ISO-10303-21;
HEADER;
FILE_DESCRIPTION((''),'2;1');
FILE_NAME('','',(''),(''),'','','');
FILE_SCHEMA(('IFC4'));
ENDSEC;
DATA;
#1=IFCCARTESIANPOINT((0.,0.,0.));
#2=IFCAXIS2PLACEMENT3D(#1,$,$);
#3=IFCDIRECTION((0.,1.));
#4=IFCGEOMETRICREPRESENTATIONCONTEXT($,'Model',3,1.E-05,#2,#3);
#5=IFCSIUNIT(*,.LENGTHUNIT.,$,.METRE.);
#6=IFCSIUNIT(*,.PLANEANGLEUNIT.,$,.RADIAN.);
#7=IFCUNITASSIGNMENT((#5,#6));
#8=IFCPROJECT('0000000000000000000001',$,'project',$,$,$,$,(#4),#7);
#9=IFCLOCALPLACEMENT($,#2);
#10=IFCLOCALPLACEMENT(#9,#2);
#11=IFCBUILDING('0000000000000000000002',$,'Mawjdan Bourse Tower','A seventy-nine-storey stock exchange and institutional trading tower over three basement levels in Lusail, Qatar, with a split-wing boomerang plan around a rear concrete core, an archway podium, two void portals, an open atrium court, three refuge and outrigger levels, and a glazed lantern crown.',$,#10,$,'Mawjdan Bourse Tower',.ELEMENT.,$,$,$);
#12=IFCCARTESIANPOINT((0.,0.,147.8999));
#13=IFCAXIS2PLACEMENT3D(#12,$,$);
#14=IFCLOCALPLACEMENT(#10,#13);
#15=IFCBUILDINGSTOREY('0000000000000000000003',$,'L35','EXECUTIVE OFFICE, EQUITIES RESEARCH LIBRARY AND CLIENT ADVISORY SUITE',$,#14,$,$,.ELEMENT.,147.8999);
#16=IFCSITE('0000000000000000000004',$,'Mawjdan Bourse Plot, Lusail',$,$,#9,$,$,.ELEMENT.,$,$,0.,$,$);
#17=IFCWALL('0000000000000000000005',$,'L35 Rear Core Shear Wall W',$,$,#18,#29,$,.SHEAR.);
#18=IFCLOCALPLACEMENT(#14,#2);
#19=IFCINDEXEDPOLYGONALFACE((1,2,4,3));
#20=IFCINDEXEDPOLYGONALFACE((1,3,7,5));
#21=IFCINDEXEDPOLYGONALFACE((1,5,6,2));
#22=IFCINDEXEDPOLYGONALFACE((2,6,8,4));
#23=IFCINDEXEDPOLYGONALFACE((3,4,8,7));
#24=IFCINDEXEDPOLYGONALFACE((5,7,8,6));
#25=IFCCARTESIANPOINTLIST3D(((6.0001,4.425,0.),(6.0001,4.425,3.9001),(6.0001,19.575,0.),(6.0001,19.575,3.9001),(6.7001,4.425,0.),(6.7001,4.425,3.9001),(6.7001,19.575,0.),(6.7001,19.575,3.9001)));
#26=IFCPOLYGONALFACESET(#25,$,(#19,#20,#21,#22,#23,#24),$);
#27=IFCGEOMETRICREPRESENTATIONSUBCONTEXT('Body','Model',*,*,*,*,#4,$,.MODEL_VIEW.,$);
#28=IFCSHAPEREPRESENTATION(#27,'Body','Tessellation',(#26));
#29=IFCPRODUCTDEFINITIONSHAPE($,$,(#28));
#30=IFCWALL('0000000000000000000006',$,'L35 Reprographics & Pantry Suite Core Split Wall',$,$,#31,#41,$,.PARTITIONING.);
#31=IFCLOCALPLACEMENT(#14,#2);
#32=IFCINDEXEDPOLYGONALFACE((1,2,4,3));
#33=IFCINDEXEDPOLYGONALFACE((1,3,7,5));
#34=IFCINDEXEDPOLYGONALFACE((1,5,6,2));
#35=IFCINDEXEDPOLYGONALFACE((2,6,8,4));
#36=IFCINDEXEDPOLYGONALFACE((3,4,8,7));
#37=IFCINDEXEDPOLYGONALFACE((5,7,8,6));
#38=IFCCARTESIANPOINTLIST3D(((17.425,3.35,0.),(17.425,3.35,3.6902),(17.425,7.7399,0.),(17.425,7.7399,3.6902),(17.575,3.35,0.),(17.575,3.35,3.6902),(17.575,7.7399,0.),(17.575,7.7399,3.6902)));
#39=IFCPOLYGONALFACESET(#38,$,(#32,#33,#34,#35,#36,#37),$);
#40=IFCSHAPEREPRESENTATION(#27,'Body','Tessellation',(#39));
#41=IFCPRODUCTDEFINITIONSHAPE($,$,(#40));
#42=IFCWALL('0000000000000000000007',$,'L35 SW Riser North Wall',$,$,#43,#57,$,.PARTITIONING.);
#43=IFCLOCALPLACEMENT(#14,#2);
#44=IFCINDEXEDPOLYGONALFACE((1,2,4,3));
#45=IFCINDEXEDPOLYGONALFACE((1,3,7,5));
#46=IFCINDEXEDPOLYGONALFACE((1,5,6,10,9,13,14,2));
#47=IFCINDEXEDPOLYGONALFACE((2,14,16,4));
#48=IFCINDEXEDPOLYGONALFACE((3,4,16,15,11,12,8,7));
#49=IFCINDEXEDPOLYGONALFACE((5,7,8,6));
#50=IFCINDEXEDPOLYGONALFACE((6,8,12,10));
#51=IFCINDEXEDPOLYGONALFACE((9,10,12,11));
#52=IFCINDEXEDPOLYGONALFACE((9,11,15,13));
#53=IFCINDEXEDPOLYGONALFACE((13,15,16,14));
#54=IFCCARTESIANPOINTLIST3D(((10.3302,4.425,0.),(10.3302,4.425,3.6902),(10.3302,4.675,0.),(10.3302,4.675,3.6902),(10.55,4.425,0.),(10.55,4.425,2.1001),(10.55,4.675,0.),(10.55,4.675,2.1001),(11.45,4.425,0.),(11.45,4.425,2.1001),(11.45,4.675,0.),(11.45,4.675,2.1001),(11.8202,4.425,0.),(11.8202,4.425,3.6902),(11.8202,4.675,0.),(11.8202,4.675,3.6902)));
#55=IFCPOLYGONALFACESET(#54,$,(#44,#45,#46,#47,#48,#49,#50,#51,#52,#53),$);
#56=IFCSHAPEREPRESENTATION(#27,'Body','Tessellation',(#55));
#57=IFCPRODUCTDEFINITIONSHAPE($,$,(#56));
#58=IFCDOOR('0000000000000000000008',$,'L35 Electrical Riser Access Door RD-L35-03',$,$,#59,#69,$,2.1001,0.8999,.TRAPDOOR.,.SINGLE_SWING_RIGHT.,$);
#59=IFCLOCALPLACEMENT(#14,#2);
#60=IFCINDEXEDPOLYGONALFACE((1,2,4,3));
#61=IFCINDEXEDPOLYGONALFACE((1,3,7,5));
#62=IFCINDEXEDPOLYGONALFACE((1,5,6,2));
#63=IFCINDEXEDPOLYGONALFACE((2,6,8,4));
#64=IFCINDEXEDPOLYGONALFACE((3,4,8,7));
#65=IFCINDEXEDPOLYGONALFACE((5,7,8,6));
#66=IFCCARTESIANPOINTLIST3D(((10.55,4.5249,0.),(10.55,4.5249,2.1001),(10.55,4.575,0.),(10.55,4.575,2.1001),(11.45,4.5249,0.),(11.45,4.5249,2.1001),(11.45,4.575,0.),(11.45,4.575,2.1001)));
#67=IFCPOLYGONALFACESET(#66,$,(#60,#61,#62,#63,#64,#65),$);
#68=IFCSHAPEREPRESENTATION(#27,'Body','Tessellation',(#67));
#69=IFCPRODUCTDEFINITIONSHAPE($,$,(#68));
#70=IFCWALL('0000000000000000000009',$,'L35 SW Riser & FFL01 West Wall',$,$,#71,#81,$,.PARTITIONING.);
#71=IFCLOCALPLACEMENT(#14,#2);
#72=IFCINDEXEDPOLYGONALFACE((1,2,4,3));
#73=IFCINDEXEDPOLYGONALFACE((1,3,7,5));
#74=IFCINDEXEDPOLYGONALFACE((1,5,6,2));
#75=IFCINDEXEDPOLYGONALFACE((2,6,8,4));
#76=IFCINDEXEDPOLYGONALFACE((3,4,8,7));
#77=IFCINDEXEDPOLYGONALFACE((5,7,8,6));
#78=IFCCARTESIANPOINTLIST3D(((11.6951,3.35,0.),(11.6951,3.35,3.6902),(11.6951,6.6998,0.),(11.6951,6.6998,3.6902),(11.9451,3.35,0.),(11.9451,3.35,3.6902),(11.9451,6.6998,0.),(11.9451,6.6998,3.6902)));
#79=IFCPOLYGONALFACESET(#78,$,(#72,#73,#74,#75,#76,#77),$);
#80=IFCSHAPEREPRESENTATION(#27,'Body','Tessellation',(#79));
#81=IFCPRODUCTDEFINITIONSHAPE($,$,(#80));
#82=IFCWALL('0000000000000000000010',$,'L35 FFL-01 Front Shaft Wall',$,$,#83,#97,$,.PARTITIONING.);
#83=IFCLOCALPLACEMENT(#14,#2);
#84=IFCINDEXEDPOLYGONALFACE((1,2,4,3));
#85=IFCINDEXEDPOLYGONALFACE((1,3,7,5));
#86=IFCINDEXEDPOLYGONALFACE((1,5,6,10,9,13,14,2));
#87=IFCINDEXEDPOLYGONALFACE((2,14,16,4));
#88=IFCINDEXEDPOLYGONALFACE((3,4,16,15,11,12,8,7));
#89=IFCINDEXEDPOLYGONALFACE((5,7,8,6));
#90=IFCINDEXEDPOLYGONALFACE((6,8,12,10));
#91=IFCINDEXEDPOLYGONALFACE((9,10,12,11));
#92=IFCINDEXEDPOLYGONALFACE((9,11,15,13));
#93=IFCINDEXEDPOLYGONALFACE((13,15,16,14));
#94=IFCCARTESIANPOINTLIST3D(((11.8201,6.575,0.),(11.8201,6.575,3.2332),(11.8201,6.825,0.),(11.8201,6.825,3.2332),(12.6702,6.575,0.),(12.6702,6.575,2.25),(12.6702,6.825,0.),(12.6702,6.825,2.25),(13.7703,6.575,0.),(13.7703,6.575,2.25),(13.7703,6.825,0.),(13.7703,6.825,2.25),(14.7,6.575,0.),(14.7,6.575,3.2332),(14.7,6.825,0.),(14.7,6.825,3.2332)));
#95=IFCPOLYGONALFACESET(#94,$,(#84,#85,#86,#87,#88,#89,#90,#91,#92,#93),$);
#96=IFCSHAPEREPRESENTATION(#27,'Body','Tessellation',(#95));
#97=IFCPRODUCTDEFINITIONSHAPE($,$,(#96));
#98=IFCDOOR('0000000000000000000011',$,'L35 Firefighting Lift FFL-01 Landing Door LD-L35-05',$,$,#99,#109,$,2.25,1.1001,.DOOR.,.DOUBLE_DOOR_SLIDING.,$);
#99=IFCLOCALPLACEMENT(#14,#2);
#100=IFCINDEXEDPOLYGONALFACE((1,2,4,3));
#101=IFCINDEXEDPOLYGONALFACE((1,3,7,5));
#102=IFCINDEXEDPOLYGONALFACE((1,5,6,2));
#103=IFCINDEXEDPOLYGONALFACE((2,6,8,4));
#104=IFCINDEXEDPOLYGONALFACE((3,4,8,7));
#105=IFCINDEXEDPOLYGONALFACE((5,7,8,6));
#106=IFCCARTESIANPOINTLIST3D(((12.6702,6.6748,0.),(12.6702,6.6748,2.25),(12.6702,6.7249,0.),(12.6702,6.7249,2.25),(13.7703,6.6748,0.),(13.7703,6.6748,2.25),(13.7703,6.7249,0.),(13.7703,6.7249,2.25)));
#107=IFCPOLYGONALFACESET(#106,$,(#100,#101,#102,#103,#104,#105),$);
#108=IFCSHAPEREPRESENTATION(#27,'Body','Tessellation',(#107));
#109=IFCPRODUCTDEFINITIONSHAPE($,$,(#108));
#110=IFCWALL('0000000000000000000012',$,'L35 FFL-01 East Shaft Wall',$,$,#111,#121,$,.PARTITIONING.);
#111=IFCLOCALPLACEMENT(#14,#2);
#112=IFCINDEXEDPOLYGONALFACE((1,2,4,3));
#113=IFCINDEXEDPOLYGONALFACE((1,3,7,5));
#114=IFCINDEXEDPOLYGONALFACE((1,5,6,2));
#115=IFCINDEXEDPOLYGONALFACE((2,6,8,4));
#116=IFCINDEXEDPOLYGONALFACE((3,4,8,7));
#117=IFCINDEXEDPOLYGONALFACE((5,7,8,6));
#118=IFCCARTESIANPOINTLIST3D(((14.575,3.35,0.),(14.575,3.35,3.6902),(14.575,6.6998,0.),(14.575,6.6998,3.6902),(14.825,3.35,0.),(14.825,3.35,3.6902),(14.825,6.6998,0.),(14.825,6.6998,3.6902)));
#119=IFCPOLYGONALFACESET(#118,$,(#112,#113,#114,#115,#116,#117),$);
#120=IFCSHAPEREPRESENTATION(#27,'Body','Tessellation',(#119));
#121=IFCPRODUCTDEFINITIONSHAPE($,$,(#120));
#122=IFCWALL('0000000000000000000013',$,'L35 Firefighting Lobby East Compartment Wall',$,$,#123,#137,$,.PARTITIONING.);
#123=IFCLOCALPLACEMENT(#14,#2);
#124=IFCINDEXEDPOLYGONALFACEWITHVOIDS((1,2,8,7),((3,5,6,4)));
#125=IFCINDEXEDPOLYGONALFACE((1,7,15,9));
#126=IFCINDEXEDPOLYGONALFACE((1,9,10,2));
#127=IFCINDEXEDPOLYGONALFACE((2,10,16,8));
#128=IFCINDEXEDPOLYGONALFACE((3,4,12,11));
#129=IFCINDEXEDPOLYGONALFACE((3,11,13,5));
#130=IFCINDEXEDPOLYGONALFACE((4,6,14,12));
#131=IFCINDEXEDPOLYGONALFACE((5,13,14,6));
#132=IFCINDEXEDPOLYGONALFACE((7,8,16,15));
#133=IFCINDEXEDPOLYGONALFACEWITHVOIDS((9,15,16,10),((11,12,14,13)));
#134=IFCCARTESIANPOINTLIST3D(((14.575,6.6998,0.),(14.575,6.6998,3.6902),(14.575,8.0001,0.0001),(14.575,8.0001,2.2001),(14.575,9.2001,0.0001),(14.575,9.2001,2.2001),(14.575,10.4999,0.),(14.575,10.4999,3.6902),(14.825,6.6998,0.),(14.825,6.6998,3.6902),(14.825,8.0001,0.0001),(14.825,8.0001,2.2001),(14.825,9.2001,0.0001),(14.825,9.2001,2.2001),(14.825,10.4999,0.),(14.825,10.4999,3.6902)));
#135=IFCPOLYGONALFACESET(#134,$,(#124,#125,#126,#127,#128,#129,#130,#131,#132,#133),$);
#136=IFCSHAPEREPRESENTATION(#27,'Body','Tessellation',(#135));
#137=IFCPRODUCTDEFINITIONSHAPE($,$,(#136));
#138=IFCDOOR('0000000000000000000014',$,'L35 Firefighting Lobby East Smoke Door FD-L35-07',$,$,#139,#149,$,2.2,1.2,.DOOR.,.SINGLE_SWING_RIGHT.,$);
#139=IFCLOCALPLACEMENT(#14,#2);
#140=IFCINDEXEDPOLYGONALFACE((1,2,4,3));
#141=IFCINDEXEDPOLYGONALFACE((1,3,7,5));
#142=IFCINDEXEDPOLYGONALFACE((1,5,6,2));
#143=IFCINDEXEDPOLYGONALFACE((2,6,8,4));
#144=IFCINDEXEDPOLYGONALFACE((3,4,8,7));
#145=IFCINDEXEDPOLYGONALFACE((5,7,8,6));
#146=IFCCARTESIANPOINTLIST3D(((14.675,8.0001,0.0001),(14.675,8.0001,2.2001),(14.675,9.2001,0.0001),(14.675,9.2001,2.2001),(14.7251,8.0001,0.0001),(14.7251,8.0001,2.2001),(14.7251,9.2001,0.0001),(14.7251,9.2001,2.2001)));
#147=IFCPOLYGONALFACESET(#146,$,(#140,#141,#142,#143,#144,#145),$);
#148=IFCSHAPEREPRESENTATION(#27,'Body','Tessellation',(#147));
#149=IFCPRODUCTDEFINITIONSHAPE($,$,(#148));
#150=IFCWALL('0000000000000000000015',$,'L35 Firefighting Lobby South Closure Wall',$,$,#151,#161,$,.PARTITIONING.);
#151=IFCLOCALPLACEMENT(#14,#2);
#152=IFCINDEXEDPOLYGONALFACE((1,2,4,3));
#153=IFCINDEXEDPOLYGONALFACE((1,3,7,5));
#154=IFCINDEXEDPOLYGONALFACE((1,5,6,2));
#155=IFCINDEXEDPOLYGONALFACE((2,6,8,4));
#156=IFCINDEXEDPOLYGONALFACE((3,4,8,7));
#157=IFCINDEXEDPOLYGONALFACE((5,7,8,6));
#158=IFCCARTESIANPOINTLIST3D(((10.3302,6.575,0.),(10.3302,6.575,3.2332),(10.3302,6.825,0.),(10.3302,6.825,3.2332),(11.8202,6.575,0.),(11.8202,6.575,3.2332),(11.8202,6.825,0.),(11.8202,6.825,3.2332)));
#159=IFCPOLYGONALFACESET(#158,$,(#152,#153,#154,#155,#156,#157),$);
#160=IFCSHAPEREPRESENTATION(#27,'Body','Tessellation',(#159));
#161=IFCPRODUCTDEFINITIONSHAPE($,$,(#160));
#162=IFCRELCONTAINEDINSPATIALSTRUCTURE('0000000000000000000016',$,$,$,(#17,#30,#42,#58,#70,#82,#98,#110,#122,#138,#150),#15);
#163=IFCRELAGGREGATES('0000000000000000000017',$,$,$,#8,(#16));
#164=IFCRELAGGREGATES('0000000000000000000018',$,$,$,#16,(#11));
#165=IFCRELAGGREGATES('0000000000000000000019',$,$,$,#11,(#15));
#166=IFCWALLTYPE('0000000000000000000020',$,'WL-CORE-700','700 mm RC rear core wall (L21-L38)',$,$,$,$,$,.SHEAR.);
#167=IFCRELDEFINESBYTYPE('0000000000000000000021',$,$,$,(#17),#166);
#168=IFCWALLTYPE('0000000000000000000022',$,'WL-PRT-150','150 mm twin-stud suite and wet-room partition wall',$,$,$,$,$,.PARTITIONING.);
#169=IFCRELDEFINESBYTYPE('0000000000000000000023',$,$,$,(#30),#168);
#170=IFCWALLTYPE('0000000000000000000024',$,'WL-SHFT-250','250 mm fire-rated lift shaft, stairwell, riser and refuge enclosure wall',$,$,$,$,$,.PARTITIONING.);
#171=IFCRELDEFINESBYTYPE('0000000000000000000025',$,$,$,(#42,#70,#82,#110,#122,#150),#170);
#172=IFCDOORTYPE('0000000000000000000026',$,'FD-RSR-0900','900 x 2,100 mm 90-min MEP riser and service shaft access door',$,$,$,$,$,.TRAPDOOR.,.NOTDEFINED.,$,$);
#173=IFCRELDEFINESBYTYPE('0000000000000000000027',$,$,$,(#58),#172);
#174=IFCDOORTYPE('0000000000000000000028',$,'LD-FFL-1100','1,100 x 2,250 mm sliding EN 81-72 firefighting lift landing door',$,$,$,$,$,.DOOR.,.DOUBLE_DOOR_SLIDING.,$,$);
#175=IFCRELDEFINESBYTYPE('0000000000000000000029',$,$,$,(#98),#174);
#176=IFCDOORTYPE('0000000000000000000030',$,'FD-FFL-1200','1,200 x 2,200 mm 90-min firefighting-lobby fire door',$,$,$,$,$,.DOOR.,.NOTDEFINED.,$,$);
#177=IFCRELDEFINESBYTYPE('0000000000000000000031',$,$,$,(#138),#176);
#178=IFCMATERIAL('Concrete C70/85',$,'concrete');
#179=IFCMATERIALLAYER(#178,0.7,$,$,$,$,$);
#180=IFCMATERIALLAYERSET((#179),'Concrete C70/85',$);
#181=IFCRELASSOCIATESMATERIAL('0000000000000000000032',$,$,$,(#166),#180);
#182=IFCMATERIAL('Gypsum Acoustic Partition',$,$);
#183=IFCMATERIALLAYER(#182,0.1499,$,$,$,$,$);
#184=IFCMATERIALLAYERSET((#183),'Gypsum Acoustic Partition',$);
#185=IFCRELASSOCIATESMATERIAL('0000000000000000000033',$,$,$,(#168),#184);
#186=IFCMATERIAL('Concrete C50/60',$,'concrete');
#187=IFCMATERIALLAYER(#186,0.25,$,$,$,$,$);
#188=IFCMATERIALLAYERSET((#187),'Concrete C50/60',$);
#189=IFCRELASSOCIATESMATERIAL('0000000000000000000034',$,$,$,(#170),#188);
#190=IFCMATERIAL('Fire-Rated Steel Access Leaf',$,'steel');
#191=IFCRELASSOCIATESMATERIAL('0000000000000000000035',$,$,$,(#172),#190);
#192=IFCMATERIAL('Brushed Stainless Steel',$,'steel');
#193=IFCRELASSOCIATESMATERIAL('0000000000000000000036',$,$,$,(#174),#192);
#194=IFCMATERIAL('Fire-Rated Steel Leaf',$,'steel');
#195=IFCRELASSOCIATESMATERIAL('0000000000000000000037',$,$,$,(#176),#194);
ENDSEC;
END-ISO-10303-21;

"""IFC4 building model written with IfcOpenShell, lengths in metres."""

from ifc_helpers import new_model, si_unit, direction, frame, frame_2d, origin, place, context, subcontext, project, spatial, rectangle, extrude, material, layer, layer_set, type_object, element, fill, save


model = new_model("IFC4")

# Units and contexts
model_context = context("Model", 3, precision=1e-05, world=origin(), true_north=direction((0.0, 1.0)))
body_context = subcontext(model_context, "Body", "Model", "MODEL_VIEW")
ifc_project = project(units=[si_unit("LENGTHUNIT", "METRE"), si_unit("PLANEANGLEUNIT", "RADIAN")], contexts=[model_context])

# Site, building, storey
site_placement = place(None, origin())
site = spatial("IfcSite", under=ifc_project, at=site_placement, Name="Mawjdan Bourse Plot, Lusail", CompositionType="ELEMENT", RefElevation=0.0)
building_placement = place(site_placement, origin())
building = spatial("IfcBuilding", under=site, at=building_placement, Name="Mawjdan Bourse Tower", Description="A seventy-nine-storey stock exchange and institutional trading tower over three basement levels in Lusail, Qatar, with a split-wing boomerang plan around a rear concrete core, an archway podium, two void portals, an open atrium court, three refuge and outrigger levels, and a glazed lantern crown.", LongName="Mawjdan Bourse Tower", CompositionType="ELEMENT")
storey_placement = place(building_placement, frame((0.0, 0.0, 147.8999)))
storey = spatial("IfcBuildingStorey", under=building, at=storey_placement, Name="L35", Description="EXECUTIVE OFFICE, EQUITIES RESEARCH LIBRARY AND CLIENT ADVISORY SUITE", CompositionType="ELEMENT", Elevation=147.8999)

# Shared definitions
ifc_material_1 = material(Name="Concrete C50/60", Category="concrete")

# Walls
ifc_material_2 = material(Name="Concrete C70/85", Category="concrete")
ifc_layer_1 = layer(ifc_material_2, 0.7)
ifc_layer_set_1 = layer_set([ifc_layer_1], Name="Concrete C70/85")
wall_type_1 = type_object("IfcWallType", Name="WL-CORE-700", Description="700 mm RC rear core wall (L21-L38)", PredefinedType="SHEAR", material=ifc_layer_set_1)
wall_1_placement = place(storey_placement, frame((6.3501, 4.425, 0.0), z_axis=(0.0, 0.0, 1.0), x_axis=(0.0, 1.0, 0.0)))
element("IfcWall", 1, at=wall_1_placement, inside=storey, type_object=wall_type_1, Name="L35 Rear Core Shear Wall W", PredefinedType="SHEAR", context=body_context, shape_type="SweptSolid", body=[
    extrude(rectangle(XDim=15.1499, YDim=0.7, at=frame_2d((7.575, 0.0))), origin(), (0.0, 0.0, 1.0), 3.9001),
])
ifc_material_3 = material(Name="Gypsum Acoustic Partition")
ifc_layer_2 = layer(ifc_material_3, 0.1499)
ifc_layer_set_2 = layer_set([ifc_layer_2], Name="Gypsum Acoustic Partition")
wall_type_2 = type_object("IfcWallType", Name="WL-PRT-150", Description="150 mm twin-stud suite and wet-room partition wall", PredefinedType="PARTITIONING", material=ifc_layer_set_2)
wall_2_placement = place(storey_placement, frame((17.5, 3.3501, 0.0), z_axis=(0.0, 0.0, 1.0), x_axis=(0.0, 1.0, 0.0)))
element("IfcWall", 2, at=wall_2_placement, inside=storey, type_object=wall_type_2, Name="L35 Reprographics & Pantry Suite Core Split Wall", PredefinedType="PARTITIONING", context=body_context, shape_type="SweptSolid", body=[
    extrude(rectangle(XDim=4.3899, YDim=0.1499, at=frame_2d((2.1948, 0.0))), origin(), (0.0, 0.0, 1.0), 3.6902),
])

# Wall, opening, door
ifc_layer_3 = layer(ifc_material_1, 0.25)
ifc_layer_set_3 = layer_set([ifc_layer_3], Name="Concrete C50/60")
wall_type_3 = type_object("IfcWallType", Name="WL-SHFT-250", Description="250 mm fire-rated lift shaft, stairwell, riser and refuge enclosure wall", PredefinedType="PARTITIONING", material=ifc_layer_set_3)
wall_3_placement = place(storey_placement, frame((10.3301, 4.55, 0.0), z_axis=(0.0, 0.0, 1.0), x_axis=(1.0, 0.0, 0.0)))
wall_3 = element("IfcWall", 3, at=wall_3_placement, inside=storey, type_object=wall_type_3, Name="L35 SW Riser North Wall", PredefinedType="PARTITIONING", context=body_context, shape_type="SweptSolid", body=[
    extrude(rectangle(XDim=1.49, YDim=0.25, at=frame_2d((0.7451, 0.0))), origin(), (0.0, 0.0, 1.0), 3.6902),
])
opening_1_placement = place(wall_3_placement, frame((0.22, 0.0, 0.0)))
opening_1 = element("IfcOpeningElement", 4, at=opening_1_placement, cuts=wall_3, PredefinedType="OPENING", context=body_context, shape_type="SweptSolid", body=[
    extrude(rectangle(XDim=0.8999, YDim=2.1001, at=frame_2d((0.45, 1.05))), frame((0.0, 0.135, 0.0), z_axis=(0.0, -1.0, 0.0), x_axis=(1.0, 0.0, 0.0)), (0.0, 0.0, 1.0), 0.27),
])
ifc_material_4 = material(Name="Fire-Rated Steel Access Leaf", Category="steel")
door_type_1 = type_object("IfcDoorType", Name="FD-RSR-0900", Description="900 x 2,100 mm 90-min MEP riser and service shaft access door", OperationType="NOTDEFINED", PredefinedType="TRAPDOOR", material=ifc_material_4)
door_1_placement = place(opening_1_placement, origin())
door_1 = element("IfcDoor", 5, at=door_1_placement, inside=storey, type_object=door_type_1, Name="L35 Electrical Riser Access Door RD-L35-03", OperationType="SINGLE_SWING_RIGHT", OverallHeight=2.1001, OverallWidth=0.8999, PredefinedType="TRAPDOOR", context=body_context, shape_type="SweptSolid", body=[
    extrude(rectangle(XDim=0.8999, YDim=2.1001, at=frame_2d((0.45, 1.05))), frame((0.0, 0.0249, 0.0), z_axis=(0.0, -1.0, 0.0), x_axis=(1.0, 0.0, 0.0)), (0.0, 0.0, 1.0), 0.05),
])
fill(opening_1, door_1)

# Wall
wall_4_placement = place(storey_placement, frame((11.8201, 3.3501, 0.0), z_axis=(0.0, 0.0, 1.0), x_axis=(0.0, 1.0, 0.0)))
element("IfcWall", 6, at=wall_4_placement, inside=storey, type_object=wall_type_3, Name="L35 SW Riser & FFL01 West Wall", PredefinedType="PARTITIONING", context=body_context, shape_type="SweptSolid", body=[
    extrude(rectangle(XDim=3.3499, YDim=0.25, at=frame_2d((1.6748, 0.0))), origin(), (0.0, 0.0, 1.0), 3.6902),
])

# Wall, opening, door
wall_5_placement = place(storey_placement, frame((11.8201, 6.7, 0.0), z_axis=(0.0, 0.0, 1.0), x_axis=(1.0, 0.0, 0.0)))
wall_5 = element("IfcWall", 7, at=wall_5_placement, inside=storey, type_object=wall_type_3, Name="L35 FFL-01 Front Shaft Wall", PredefinedType="PARTITIONING", context=body_context, shape_type="SweptSolid", body=[
    extrude(rectangle(XDim=2.8799, YDim=0.25, at=frame_2d((1.4399, 0.0))), origin(), (0.0, 0.0, 1.0), 3.2332),
])
opening_2_placement = place(wall_5_placement, frame((0.8501, 0.0, 0.0)))
opening_2 = element("IfcOpeningElement", 8, at=opening_2_placement, cuts=wall_5, PredefinedType="OPENING", context=body_context, shape_type="SweptSolid", body=[
    extrude(rectangle(XDim=1.1001, YDim=2.25, at=frame_2d((0.55, 1.125))), frame((0.0, 0.135, 0.0), z_axis=(0.0, -1.0, 0.0), x_axis=(1.0, 0.0, 0.0)), (0.0, 0.0, 1.0), 0.27),
])
ifc_material_5 = material(Name="Brushed Stainless Steel", Category="steel")
door_type_2 = type_object("IfcDoorType", Name="LD-FFL-1100", Description="1,100 x 2,250 mm sliding EN 81-72 firefighting lift landing door", OperationType="DOUBLE_DOOR_SLIDING", PredefinedType="DOOR", material=ifc_material_5)
door_2_placement = place(opening_2_placement, origin())
door_2 = element("IfcDoor", 9, at=door_2_placement, inside=storey, type_object=door_type_2, Name="L35 Firefighting Lift FFL-01 Landing Door LD-L35-05", OperationType="DOUBLE_DOOR_SLIDING", OverallHeight=2.25, OverallWidth=1.1001, PredefinedType="DOOR", context=body_context, shape_type="SweptSolid", body=[
    extrude(rectangle(XDim=1.1001, YDim=2.25, at=frame_2d((0.55, 1.125))), frame((0.0, 0.0249, 0.0), z_axis=(0.0, -1.0, 0.0), x_axis=(1.0, 0.0, 0.0)), (0.0, 0.0, 1.0), 0.05),
])
fill(opening_2, door_2)

# Wall
wall_6_placement = place(storey_placement, frame((14.7, 3.3501, 0.0), z_axis=(0.0, 0.0, 1.0), x_axis=(0.0, 1.0, 0.0)))
element("IfcWall", 10, at=wall_6_placement, inside=storey, type_object=wall_type_3, Name="L35 FFL-01 East Shaft Wall", PredefinedType="PARTITIONING", context=body_context, shape_type="SweptSolid", body=[
    extrude(rectangle(XDim=3.3499, YDim=0.25, at=frame_2d((1.6748, 0.0))), origin(), (0.0, 0.0, 1.0), 3.6902),
])

# Wall, opening, door
wall_7_placement = place(storey_placement, frame((14.7, 6.7, 0.0), z_axis=(0.0, 0.0, 1.0), x_axis=(0.0, 1.0, 0.0)))
wall_7 = element("IfcWall", 11, at=wall_7_placement, inside=storey, type_object=wall_type_3, Name="L35 Firefighting Lobby East Compartment Wall", PredefinedType="PARTITIONING", context=body_context, shape_type="SweptSolid", body=[
    extrude(rectangle(XDim=3.8, YDim=0.25, at=frame_2d((1.8999, 0.0))), origin(), (0.0, 0.0, 1.0), 3.6902),
])
opening_3_placement = place(wall_7_placement, frame((1.3, 0.0, 0.0)))
opening_3 = element("IfcOpeningElement", 12, at=opening_3_placement, cuts=wall_7, PredefinedType="OPENING", context=body_context, shape_type="SweptSolid", body=[
    extrude(rectangle(XDim=1.2, YDim=2.2, at=frame_2d((0.6001, 1.1001))), frame((0.0, 0.135, 0.0), z_axis=(0.0, -1.0, 0.0), x_axis=(1.0, 0.0, 0.0)), (0.0, 0.0, 1.0), 0.27),
])
ifc_material_6 = material(Name="Fire-Rated Steel Leaf", Category="steel")
door_type_3 = type_object("IfcDoorType", Name="FD-FFL-1200", Description="1,200 x 2,200 mm 90-min firefighting-lobby fire door", OperationType="NOTDEFINED", PredefinedType="DOOR", material=ifc_material_6)
door_3_placement = place(opening_3_placement, origin())
door_3 = element("IfcDoor", 13, at=door_3_placement, inside=storey, type_object=door_type_3, Name="L35 Firefighting Lobby East Smoke Door FD-L35-07", OperationType="SINGLE_SWING_RIGHT", OverallHeight=2.2, OverallWidth=1.2, PredefinedType="DOOR", context=body_context, shape_type="SweptSolid", body=[
    extrude(rectangle(XDim=1.2, YDim=2.2, at=frame_2d((0.6001, 1.1001))), frame((0.0, 0.0249, 0.0), z_axis=(0.0, -1.0, 0.0), x_axis=(1.0, 0.0, 0.0)), (0.0, 0.0, 1.0), 0.05),
])
fill(opening_3, door_3)

# Wall
wall_8_placement = place(storey_placement, frame((10.3301, 6.7, 0.0), z_axis=(0.0, 0.0, 1.0), x_axis=(1.0, 0.0, 0.0)))
element("IfcWall", 14, at=wall_8_placement, inside=storey, type_object=wall_type_3, Name="L35 Firefighting Lobby South Closure Wall", PredefinedType="PARTITIONING", context=body_context, shape_type="SweptSolid", body=[
    extrude(rectangle(XDim=1.49, YDim=0.25, at=frame_2d((0.7451, 0.0))), origin(), (0.0, 0.0, 1.0), 3.2332),
])

save(model, "model.ifc")
